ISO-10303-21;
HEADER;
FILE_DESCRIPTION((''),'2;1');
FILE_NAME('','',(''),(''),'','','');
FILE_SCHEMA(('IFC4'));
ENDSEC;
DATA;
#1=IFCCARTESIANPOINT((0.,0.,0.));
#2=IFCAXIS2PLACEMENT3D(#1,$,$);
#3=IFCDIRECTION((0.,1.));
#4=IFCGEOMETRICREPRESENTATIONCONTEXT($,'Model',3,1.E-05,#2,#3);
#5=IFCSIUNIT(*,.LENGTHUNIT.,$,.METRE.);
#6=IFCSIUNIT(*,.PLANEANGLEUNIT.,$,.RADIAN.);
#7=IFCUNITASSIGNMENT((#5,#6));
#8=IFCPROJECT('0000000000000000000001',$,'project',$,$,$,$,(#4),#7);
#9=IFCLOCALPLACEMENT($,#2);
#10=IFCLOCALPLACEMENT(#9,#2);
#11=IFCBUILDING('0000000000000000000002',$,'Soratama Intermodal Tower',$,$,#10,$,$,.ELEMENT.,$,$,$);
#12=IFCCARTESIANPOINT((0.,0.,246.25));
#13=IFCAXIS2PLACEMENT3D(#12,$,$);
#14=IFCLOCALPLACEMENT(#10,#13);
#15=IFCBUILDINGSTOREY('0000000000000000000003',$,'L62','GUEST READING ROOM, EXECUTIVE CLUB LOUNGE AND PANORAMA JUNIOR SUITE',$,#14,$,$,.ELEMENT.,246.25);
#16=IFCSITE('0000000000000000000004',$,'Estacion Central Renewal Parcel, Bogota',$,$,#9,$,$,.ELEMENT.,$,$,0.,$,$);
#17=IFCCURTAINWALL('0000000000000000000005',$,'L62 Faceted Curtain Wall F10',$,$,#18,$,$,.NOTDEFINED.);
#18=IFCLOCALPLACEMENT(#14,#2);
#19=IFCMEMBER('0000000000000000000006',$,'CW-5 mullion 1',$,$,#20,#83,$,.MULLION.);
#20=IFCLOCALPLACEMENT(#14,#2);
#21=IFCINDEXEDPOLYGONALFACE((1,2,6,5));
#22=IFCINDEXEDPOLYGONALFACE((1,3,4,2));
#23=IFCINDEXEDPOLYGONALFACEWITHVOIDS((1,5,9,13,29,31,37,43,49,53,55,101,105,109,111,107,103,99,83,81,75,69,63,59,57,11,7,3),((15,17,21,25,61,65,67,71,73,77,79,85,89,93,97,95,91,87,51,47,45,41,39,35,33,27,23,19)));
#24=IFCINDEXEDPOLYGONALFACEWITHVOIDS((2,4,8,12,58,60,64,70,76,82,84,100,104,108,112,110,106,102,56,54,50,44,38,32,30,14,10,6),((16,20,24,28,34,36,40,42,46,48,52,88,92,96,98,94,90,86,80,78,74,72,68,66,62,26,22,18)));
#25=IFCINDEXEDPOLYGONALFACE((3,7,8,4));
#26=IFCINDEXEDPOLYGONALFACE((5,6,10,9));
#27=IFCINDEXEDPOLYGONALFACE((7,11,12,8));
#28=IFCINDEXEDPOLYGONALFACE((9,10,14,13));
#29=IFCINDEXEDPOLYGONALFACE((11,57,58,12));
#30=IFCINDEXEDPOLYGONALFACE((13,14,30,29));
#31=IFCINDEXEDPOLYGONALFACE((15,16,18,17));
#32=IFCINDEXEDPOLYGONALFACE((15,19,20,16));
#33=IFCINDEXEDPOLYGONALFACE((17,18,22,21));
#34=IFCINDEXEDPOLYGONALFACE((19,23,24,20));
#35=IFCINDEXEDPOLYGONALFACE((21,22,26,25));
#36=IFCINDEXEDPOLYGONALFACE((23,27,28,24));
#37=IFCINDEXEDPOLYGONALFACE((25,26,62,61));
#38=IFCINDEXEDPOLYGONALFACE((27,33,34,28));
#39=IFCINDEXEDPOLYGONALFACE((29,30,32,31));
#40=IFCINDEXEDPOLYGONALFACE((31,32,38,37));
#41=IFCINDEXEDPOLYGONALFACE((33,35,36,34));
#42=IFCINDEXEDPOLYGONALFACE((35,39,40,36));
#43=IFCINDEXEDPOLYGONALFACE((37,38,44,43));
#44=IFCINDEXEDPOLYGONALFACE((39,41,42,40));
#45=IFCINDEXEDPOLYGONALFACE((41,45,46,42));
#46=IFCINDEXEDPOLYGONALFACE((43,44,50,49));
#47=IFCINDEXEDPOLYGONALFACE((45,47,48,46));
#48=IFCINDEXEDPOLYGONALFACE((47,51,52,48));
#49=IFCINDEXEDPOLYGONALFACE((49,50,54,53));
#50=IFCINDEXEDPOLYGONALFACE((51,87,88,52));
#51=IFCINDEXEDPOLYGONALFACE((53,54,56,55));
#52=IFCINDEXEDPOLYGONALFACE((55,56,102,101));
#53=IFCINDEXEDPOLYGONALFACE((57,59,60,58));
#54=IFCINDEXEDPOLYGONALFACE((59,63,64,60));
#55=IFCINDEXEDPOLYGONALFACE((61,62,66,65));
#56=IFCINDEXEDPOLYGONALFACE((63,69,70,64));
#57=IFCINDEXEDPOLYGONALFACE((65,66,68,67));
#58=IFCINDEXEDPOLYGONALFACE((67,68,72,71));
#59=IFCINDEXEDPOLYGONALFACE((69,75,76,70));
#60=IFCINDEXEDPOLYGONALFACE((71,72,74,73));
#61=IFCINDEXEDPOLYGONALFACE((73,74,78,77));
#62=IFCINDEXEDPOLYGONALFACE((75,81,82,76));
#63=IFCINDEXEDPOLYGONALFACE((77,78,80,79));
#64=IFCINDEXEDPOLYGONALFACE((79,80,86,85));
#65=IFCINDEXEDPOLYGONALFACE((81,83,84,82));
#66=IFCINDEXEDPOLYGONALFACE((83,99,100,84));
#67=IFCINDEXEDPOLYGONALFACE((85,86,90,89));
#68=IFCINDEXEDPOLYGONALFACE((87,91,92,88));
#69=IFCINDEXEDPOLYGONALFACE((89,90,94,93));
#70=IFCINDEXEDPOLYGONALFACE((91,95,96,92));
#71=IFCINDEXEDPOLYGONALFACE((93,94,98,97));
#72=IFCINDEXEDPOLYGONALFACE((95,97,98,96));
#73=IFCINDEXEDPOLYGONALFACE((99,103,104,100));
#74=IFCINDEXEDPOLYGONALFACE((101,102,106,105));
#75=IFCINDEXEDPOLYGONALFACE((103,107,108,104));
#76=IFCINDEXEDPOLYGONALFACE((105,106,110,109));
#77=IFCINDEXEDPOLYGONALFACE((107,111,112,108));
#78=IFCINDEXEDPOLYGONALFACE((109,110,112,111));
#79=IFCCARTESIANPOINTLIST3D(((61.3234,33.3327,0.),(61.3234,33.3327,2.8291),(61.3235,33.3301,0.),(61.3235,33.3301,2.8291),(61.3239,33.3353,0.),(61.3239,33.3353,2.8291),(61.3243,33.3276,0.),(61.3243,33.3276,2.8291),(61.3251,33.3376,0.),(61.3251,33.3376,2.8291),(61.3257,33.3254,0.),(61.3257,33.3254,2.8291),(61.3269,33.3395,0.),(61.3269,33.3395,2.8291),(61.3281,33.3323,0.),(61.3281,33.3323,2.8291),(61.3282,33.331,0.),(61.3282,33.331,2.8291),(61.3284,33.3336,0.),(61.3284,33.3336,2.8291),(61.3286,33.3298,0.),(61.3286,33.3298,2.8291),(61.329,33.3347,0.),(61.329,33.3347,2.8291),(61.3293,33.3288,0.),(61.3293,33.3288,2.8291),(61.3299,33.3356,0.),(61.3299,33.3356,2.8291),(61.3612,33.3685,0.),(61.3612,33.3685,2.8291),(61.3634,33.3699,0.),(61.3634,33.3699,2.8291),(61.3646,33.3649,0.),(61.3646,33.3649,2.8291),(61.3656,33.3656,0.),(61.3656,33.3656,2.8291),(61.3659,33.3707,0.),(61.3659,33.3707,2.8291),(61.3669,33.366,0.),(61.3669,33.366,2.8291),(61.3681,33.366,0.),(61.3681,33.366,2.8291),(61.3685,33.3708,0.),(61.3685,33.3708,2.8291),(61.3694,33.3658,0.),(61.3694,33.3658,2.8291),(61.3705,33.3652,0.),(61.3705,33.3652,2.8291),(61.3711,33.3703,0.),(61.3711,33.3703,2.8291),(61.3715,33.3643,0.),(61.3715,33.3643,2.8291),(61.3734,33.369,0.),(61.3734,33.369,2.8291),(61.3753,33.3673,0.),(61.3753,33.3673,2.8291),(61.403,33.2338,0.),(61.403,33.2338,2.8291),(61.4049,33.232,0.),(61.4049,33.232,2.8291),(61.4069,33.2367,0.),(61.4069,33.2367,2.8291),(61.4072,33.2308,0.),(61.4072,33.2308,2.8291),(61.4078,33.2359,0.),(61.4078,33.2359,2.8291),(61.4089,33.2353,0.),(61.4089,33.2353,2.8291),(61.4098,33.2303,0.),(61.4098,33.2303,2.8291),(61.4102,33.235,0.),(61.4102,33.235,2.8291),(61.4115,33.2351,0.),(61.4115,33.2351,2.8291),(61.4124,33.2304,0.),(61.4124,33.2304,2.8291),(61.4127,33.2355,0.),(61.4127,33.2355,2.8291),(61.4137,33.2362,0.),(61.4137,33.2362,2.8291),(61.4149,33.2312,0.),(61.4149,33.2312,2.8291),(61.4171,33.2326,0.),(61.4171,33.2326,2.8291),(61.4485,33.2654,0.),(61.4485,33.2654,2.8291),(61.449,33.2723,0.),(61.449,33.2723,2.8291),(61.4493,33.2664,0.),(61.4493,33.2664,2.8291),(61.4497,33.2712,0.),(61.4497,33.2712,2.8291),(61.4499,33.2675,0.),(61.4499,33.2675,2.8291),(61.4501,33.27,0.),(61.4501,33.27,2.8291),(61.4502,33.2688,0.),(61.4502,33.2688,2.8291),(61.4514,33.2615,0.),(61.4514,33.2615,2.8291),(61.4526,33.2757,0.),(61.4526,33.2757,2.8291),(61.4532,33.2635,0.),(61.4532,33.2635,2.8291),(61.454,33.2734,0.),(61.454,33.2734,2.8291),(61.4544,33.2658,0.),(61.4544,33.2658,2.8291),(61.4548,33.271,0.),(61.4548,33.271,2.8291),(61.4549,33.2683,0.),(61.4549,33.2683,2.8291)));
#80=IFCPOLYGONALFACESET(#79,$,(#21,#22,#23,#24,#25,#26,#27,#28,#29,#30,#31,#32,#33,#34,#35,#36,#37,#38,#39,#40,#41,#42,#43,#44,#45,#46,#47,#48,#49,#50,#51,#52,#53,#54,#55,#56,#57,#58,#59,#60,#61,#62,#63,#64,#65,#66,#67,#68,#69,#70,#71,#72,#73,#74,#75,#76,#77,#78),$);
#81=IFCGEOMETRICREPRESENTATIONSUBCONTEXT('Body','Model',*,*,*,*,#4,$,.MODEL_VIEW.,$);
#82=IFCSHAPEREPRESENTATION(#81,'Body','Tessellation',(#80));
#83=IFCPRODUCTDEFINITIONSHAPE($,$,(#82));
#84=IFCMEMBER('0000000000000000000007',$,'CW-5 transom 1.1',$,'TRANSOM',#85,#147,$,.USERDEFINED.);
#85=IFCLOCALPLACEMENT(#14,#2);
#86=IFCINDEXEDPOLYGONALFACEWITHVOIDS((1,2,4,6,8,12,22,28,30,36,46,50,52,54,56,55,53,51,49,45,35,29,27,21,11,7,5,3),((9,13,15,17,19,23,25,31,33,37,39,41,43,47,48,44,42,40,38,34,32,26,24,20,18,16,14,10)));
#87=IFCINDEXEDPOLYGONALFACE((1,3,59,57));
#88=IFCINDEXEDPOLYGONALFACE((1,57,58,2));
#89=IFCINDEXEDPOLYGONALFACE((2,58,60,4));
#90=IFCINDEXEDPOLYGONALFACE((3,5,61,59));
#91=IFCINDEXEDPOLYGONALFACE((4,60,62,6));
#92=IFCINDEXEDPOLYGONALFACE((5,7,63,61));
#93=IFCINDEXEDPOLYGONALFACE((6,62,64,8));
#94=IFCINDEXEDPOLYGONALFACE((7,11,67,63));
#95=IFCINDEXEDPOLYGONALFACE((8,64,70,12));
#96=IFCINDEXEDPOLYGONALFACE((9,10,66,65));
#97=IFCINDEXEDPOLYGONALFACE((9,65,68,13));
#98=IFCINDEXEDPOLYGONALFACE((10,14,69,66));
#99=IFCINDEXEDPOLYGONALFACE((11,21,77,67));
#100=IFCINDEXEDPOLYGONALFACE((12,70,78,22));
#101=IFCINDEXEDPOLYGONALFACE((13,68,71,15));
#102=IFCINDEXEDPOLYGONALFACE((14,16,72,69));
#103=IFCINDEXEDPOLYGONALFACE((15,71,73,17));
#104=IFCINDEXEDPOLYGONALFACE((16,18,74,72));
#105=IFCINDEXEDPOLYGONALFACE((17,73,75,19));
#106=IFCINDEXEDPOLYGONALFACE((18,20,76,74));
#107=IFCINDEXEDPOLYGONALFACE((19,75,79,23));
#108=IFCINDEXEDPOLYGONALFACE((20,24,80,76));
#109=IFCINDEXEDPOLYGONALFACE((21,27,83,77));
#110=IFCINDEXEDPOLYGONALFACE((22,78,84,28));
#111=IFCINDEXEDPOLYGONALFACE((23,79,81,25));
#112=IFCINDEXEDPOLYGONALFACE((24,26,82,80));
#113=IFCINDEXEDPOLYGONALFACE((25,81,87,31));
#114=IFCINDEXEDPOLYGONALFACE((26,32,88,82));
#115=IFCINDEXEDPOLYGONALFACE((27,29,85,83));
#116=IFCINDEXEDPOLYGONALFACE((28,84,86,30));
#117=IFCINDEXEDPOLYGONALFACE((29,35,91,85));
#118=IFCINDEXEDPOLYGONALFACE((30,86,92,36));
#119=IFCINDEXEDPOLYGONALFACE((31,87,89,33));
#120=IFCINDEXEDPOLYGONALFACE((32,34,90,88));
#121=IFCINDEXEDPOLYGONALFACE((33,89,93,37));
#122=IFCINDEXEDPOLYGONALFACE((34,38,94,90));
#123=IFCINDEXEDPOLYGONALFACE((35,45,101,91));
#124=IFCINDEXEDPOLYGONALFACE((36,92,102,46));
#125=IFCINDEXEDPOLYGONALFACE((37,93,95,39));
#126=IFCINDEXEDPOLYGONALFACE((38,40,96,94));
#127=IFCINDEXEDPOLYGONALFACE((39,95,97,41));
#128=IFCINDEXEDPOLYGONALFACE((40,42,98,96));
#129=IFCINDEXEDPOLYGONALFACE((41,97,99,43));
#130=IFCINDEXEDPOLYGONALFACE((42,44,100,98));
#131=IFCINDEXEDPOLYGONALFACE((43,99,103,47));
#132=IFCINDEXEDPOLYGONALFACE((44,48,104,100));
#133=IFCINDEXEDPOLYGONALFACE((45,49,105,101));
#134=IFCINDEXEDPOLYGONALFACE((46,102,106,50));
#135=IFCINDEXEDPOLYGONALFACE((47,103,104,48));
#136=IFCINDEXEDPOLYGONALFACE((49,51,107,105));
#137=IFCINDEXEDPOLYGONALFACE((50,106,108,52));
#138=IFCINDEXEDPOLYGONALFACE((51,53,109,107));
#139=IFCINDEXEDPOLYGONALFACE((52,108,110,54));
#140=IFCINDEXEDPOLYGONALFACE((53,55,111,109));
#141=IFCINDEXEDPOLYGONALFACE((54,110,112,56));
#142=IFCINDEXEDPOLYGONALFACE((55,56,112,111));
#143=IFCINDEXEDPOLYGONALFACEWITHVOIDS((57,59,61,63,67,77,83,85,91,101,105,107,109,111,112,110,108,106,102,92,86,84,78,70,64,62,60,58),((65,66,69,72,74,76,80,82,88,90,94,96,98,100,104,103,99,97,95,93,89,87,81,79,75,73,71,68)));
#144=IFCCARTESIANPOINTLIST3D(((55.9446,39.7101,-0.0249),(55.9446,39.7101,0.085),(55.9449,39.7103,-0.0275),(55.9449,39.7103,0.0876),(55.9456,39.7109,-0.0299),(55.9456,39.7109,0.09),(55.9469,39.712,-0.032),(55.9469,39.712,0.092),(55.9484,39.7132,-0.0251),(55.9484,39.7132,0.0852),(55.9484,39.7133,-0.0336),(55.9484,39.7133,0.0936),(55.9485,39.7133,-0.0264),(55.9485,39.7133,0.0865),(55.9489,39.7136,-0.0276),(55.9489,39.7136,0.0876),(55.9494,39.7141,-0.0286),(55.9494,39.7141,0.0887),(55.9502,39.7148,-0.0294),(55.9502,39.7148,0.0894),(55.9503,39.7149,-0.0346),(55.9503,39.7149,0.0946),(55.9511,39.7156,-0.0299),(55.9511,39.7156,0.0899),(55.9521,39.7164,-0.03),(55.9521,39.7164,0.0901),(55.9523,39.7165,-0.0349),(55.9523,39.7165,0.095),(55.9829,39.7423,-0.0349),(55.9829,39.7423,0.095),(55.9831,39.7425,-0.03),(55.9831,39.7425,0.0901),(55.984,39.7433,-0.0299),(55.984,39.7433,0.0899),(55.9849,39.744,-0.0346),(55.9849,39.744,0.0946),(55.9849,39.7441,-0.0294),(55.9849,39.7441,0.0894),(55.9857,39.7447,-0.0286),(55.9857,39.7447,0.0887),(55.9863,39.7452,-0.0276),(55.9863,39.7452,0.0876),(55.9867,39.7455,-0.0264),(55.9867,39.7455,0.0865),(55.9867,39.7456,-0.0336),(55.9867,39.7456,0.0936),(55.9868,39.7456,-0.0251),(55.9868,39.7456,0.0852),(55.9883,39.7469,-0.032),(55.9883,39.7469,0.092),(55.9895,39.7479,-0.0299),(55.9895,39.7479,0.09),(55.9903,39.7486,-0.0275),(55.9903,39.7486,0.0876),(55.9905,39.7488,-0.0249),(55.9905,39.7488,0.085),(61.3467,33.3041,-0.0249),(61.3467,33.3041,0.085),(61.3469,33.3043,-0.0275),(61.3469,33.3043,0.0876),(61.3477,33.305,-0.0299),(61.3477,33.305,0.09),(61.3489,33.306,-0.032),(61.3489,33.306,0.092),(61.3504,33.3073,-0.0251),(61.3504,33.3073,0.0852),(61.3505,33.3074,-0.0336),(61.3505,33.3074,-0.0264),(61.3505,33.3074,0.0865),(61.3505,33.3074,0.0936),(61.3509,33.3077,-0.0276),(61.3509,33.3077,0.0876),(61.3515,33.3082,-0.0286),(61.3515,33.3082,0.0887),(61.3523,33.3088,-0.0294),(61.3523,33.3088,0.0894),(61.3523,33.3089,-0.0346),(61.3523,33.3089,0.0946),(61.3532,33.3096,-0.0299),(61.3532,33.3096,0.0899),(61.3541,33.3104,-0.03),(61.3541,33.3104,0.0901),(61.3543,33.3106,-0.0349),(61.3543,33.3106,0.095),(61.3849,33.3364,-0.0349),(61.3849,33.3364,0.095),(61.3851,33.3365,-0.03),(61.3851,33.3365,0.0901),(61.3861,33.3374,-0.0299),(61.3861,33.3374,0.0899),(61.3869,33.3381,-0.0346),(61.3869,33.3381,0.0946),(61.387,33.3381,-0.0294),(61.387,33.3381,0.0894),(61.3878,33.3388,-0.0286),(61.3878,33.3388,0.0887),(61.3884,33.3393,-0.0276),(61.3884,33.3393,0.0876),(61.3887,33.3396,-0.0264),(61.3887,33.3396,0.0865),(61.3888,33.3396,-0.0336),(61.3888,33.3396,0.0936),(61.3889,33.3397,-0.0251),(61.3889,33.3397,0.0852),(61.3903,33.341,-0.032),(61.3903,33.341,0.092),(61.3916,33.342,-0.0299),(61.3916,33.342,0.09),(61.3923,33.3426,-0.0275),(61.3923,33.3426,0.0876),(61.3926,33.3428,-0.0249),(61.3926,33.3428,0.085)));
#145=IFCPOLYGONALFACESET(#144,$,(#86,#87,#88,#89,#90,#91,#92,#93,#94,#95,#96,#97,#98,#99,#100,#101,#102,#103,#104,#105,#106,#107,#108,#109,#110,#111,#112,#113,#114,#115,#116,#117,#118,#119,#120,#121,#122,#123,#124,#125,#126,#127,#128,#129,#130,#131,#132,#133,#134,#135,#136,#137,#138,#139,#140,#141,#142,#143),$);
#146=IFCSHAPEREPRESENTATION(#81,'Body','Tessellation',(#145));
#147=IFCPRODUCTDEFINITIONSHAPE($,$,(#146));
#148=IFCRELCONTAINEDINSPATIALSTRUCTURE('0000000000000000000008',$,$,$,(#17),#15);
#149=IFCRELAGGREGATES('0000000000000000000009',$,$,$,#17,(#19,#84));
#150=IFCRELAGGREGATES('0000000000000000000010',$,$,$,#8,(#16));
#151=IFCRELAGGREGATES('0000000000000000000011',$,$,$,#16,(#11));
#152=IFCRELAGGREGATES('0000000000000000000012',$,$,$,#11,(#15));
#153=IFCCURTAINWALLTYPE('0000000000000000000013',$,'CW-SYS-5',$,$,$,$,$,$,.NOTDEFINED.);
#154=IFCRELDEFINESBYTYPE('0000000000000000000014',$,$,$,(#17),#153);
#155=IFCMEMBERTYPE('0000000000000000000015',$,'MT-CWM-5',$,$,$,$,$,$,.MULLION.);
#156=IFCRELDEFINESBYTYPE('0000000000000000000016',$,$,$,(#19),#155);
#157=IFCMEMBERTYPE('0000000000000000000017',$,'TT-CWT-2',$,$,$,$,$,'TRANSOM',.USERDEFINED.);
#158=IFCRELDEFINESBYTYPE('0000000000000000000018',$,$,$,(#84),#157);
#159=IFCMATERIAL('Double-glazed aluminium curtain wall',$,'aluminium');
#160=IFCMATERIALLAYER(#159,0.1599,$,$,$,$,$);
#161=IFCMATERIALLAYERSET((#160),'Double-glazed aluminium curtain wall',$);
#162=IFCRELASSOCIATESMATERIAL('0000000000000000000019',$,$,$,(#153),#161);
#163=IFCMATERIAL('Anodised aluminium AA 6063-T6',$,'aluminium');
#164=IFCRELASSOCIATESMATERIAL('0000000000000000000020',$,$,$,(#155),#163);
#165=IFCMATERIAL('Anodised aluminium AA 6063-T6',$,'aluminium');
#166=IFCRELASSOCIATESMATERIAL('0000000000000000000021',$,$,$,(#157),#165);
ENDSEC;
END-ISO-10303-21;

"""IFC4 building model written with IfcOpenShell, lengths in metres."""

from ifc_helpers import new_model, si_unit, direction, frame, origin, origin_2d, place, context, subcontext, project, spatial, hollow_rectangle, extrude, material, layer, layer_set, material_profile, profile_set, type_object, element, aggregate, save


model = new_model("IFC4")

# Units and contexts
model_context = context("Model", 3, precision=1e-05, world=origin(), true_north=direction((0.0, 1.0)))
body_context = subcontext(model_context, "Body", "Model", "MODEL_VIEW")
ifc_project = project(units=[si_unit("LENGTHUNIT", "METRE"), si_unit("PLANEANGLEUNIT", "RADIAN")], contexts=[model_context])

# Site, building, storey
site_placement = place(None, origin())
site = spatial("IfcSite", under=ifc_project, at=site_placement, Name="Estacion Central Renewal Parcel, Bogota", CompositionType="ELEMENT", RefElevation=0.0)
building_placement = place(site_placement, origin())
building = spatial("IfcBuilding", under=site, at=building_placement, Name="Soratama Intermodal Tower", CompositionType="ELEMENT")
storey_placement = place(building_placement, frame((0.0, 0.0, 246.25)))
storey = spatial("IfcBuildingStorey", under=building, at=storey_placement, Name="L62", Description="GUEST READING ROOM, EXECUTIVE CLUB LOUNGE AND PANORAMA JUNIOR SUITE", CompositionType="ELEMENT", Elevation=246.25)

# Curtain wall, members
ifc_material_1 = material(Name="Double-glazed aluminium curtain wall", Category="aluminium")
ifc_layer_1 = layer(ifc_material_1, 0.1599)
ifc_layer_set_1 = layer_set([ifc_layer_1], Name="Double-glazed aluminium curtain wall")
curtain_wall_type = type_object("IfcCurtainWallType", Name="CW-SYS-5", PredefinedType="NOTDEFINED", material=ifc_layer_set_1)
curtain_wall_placement = place(storey_placement, origin())
curtain_wall = element("IfcCurtainWall", 1, at=curtain_wall_placement, inside=storey, type_object=curtain_wall_type, Name="L62 Faceted Curtain Wall F10", PredefinedType="NOTDEFINED")
ifc_material_2 = material(Name="Anodised aluminium AA 6063-T6", Category="aluminium")
ifc_material_profile_1 = material_profile(ifc_material_2, hollow_rectangle(XDim=0.0649, YDim=0.1399, WallThickness=0.0049, InnerFilletRadius=0.0049, OuterFilletRadius=0.01, at=origin_2d()), Name="CWM140X65X5")
ifc_profile_set_1 = profile_set([ifc_material_profile_1], Name="Anodised aluminium AA 6063-T6")
member_type_1 = type_object("IfcMemberType", Name="MT-CWM-5", PredefinedType="MULLION", material=ifc_profile_set_1)
member_1_placement = place(storey_placement, frame((61.3892, 33.3005, 0.0), z_axis=(0.0, 0.0, 1.0), x_axis=(-0.764467, -0.644663, 0.0)))
member_1 = element("IfcMember", 2, at=member_1_placement, type_object=member_type_1, Name="CW-5 mullion 1", PredefinedType="MULLION", context=body_context, shape_type="SweptSolid", body=[
    extrude(hollow_rectangle(XDim=0.0649, YDim=0.1399, WallThickness=0.0049, InnerFilletRadius=0.0049, OuterFilletRadius=0.01, at=origin_2d()), origin(), (0.0, 0.0, 1.0), 2.8291),
])
ifc_material_3 = material(Name="Anodised aluminium AA 6063-T6", Category="aluminium")
ifc_material_profile_2 = material_profile(ifc_material_3, hollow_rectangle(XDim=0.0601, YDim=0.1299, WallThickness=0.0049, InnerFilletRadius=0.0049, OuterFilletRadius=0.01, at=origin_2d()), Name="CWT130X60X5")
ifc_profile_set_2 = profile_set([ifc_material_profile_2], Name="Anodised aluminium AA 6063-T6")
member_type_2 = type_object("IfcMemberType", Name="TT-CWT-2", ElementType="TRANSOM", PredefinedType="USERDEFINED", material=ifc_profile_set_2)
member_2_placement = place(storey_placement, frame((61.3696, 33.3235, 0.03), z_axis=(-0.644664, 0.764466, 0.0), x_axis=(-0.764466, -0.644664, 0.0)))
member_2 = element("IfcMember", 3, at=member_2_placement, type_object=member_type_2, Name="CW-5 transom 1.1", ObjectType="TRANSOM", PredefinedType="USERDEFINED", context=body_context, shape_type="SweptSolid", body=[
    extrude(hollow_rectangle(XDim=0.0601, YDim=0.1299, WallThickness=0.0049, InnerFilletRadius=0.0049, OuterFilletRadius=0.01, at=origin_2d()), origin(), (0.0, 0.0, 1.0), 8.3796),
])
aggregate(curtain_wall, [member_1, member_2])

save(model, "model.ifc")
